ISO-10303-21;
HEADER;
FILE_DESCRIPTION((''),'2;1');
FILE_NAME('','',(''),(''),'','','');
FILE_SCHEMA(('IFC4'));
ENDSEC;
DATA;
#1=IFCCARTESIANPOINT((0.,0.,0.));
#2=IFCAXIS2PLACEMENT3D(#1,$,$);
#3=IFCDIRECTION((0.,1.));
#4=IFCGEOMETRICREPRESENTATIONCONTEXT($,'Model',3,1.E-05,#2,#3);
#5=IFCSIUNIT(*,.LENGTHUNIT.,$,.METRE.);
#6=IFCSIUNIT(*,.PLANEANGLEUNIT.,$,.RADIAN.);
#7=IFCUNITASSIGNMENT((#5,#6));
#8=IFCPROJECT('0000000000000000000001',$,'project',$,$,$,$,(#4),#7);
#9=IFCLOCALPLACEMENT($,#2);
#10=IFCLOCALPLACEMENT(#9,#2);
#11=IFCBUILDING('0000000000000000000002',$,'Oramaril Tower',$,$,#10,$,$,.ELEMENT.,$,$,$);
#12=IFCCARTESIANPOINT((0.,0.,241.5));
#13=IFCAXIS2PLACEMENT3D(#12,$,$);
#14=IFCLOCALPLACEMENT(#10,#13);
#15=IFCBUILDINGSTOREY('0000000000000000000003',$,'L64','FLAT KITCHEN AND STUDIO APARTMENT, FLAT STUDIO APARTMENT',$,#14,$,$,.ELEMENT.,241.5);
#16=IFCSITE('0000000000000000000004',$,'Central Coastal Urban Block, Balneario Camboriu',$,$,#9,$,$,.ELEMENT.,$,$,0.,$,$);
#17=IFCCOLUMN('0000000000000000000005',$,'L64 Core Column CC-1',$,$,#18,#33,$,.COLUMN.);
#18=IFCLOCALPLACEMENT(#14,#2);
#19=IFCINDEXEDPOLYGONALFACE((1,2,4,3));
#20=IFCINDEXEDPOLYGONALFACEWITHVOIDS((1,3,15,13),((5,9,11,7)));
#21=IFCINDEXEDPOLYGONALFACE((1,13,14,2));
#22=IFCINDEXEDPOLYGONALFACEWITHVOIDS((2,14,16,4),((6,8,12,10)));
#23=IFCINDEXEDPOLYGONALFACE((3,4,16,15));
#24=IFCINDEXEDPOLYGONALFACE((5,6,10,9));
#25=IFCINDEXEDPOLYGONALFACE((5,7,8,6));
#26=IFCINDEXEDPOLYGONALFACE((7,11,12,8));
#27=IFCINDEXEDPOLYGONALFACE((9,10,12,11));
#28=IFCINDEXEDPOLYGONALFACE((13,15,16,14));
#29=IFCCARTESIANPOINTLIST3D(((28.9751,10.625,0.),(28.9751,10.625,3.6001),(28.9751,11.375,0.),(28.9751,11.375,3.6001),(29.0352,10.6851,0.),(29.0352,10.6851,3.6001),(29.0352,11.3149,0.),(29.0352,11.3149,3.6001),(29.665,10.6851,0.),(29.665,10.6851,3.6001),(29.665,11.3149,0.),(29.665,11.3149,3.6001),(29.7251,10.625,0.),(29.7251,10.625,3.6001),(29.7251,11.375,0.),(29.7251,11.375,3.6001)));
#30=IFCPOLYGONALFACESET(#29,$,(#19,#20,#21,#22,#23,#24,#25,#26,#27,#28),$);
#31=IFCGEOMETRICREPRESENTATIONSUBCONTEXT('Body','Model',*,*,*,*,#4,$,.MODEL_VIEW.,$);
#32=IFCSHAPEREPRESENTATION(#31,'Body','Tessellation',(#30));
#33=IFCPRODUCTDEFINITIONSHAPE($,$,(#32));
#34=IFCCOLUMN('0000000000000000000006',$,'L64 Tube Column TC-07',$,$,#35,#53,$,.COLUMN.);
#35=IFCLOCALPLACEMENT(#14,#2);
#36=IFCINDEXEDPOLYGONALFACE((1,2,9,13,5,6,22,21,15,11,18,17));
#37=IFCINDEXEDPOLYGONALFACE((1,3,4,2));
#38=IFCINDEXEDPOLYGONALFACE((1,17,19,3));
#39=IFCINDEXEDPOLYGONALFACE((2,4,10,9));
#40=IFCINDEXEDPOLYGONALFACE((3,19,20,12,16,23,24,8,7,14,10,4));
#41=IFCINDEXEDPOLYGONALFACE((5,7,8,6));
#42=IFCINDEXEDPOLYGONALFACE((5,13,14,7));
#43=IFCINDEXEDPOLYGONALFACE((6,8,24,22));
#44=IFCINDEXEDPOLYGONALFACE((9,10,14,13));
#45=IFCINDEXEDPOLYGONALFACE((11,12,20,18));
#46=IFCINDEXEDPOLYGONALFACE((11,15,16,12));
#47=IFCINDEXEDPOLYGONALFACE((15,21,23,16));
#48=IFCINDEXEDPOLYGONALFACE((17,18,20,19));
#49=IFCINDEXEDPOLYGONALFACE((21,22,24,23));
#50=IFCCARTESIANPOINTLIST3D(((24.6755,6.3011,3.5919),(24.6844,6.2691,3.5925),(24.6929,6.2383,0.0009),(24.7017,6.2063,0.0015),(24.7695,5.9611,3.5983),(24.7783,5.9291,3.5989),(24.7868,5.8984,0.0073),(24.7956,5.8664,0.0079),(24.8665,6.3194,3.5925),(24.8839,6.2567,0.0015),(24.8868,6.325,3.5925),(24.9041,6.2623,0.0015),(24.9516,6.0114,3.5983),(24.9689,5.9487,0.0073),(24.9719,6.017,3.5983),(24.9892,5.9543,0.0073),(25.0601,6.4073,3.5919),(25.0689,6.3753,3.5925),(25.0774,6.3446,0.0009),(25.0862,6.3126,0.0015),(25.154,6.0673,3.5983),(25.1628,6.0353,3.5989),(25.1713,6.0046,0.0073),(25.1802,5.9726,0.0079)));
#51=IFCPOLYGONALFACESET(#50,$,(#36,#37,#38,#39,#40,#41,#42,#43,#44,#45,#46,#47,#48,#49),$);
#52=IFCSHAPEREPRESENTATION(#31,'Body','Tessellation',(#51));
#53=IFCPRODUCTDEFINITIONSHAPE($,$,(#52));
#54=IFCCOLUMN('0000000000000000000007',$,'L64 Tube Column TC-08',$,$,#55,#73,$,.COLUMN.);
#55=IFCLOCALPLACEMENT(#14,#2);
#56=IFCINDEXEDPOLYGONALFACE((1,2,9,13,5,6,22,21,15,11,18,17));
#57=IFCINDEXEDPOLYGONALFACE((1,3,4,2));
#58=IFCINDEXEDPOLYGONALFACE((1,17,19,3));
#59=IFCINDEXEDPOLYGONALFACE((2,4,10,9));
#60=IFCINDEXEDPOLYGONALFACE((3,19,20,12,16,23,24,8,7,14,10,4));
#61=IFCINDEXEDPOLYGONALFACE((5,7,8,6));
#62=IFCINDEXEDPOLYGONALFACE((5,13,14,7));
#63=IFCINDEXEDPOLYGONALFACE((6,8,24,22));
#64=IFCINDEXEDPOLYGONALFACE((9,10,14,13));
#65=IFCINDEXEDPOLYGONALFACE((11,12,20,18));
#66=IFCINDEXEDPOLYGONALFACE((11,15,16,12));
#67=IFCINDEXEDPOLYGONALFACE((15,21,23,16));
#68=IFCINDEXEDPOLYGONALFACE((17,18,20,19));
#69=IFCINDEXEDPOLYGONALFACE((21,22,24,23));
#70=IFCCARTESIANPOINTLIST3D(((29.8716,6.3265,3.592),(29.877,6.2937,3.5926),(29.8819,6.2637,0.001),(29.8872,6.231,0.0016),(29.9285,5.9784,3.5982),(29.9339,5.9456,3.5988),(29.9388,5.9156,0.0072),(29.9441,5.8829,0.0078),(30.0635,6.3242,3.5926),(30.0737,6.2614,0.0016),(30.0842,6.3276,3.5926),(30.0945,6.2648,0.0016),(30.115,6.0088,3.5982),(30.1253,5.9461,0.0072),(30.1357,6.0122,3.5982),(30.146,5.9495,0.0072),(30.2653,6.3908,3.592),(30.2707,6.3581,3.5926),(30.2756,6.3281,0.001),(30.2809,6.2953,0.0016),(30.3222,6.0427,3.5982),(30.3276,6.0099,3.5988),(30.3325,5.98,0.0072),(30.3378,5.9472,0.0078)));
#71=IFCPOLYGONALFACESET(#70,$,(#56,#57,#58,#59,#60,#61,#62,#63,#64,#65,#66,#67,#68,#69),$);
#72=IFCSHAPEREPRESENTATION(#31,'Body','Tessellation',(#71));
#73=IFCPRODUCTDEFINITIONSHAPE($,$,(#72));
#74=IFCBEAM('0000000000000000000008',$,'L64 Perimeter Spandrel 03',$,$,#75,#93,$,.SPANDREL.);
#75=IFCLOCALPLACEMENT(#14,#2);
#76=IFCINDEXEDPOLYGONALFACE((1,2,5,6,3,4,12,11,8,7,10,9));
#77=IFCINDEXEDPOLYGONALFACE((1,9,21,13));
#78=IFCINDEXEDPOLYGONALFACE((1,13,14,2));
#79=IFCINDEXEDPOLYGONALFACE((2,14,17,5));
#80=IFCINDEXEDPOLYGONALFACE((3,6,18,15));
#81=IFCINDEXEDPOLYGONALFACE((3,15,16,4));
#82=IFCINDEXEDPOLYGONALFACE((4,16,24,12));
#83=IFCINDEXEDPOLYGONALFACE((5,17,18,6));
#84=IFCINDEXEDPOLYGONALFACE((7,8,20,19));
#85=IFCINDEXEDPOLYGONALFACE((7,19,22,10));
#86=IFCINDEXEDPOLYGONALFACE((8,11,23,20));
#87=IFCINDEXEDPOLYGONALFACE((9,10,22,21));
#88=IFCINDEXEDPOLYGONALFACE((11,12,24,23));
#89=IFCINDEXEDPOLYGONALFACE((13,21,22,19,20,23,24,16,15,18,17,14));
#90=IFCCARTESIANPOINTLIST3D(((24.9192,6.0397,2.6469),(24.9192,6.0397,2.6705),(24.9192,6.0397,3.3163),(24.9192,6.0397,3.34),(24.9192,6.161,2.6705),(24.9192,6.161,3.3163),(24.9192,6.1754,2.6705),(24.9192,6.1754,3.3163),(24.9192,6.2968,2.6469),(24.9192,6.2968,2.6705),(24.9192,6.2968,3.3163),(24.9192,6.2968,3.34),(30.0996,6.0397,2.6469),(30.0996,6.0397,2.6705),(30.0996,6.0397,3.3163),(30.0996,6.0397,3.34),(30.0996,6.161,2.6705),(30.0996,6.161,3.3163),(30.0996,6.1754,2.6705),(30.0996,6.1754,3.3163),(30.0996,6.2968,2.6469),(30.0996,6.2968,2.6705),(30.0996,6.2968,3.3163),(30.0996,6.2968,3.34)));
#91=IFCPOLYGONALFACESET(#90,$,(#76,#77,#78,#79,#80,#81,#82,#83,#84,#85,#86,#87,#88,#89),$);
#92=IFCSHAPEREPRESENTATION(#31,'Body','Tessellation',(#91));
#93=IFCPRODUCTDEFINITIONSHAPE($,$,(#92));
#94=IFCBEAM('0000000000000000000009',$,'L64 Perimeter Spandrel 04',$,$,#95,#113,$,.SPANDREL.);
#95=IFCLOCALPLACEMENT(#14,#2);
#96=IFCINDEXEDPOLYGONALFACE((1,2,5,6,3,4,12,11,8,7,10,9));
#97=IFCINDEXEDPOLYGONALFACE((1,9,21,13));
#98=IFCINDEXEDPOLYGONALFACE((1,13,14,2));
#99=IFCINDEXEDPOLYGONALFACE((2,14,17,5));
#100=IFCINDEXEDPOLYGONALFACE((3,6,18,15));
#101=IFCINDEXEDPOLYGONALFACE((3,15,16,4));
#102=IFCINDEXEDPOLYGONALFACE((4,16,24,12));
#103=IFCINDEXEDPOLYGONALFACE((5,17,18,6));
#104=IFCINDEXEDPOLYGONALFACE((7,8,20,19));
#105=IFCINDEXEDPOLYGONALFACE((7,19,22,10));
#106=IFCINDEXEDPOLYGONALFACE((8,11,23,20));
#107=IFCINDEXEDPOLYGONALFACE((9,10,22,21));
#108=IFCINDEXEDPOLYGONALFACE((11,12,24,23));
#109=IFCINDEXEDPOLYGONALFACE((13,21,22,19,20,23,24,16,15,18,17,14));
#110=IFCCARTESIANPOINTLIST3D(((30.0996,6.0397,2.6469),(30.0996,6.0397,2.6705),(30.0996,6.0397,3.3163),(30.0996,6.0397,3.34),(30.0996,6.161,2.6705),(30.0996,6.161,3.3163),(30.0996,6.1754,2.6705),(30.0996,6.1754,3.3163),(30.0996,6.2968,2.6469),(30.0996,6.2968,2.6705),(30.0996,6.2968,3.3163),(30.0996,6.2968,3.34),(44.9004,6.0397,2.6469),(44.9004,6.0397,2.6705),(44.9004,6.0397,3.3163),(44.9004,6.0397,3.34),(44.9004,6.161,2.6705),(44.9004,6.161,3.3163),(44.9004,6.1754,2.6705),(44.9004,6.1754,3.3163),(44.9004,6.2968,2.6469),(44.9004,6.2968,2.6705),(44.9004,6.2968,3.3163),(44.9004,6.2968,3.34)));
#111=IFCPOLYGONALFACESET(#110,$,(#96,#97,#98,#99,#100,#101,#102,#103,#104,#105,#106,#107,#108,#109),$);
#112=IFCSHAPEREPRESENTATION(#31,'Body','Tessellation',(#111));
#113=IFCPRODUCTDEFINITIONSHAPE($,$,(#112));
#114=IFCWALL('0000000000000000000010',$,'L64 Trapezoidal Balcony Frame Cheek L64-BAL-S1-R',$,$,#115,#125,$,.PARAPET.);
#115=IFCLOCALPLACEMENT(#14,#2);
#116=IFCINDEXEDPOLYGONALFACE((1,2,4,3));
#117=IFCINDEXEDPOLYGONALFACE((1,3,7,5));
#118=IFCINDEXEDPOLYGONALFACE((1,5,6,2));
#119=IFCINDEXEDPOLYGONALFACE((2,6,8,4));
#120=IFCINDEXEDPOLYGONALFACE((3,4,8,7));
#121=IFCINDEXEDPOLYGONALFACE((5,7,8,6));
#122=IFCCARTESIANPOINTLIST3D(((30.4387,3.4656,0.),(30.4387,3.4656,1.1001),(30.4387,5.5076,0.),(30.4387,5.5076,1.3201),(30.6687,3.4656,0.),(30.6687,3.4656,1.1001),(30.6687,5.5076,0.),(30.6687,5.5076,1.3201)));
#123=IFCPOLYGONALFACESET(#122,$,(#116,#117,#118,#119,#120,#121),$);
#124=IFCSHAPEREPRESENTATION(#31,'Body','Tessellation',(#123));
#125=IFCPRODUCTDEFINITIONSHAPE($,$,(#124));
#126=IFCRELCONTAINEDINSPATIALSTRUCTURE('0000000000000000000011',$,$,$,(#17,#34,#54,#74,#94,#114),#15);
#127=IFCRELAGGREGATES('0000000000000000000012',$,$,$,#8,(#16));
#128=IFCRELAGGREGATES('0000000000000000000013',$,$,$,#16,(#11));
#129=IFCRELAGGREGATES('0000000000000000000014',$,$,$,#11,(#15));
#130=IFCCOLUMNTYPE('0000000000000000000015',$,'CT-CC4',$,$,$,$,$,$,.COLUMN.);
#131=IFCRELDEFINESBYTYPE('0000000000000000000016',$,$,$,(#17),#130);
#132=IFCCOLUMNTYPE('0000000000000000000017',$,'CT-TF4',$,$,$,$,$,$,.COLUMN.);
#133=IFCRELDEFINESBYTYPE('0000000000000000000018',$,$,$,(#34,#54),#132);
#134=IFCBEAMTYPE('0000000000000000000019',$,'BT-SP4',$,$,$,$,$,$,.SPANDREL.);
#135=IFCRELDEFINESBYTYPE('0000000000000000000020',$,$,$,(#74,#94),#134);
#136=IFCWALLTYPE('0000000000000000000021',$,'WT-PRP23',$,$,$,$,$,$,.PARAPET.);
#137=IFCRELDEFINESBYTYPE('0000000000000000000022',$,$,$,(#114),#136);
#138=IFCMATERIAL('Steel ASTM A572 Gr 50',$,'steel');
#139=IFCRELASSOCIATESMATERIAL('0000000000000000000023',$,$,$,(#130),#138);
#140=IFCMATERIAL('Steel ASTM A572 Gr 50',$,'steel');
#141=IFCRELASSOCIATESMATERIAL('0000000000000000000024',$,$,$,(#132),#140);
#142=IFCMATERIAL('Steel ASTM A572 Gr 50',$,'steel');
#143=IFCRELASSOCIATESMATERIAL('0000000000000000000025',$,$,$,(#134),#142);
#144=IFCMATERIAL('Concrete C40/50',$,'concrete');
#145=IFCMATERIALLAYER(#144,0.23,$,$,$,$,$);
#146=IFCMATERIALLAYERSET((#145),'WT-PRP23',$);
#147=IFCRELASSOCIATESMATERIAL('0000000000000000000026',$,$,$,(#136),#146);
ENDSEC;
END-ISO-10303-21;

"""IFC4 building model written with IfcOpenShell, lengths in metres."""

from ifc_helpers import new_model, si_unit, direction, frame, origin, origin_2d, place, context, subcontext, project, spatial, polyline, hollow_rectangle, i_section, outline, extrude, material, layer, layer_set, material_profile, profile_set, type_object, element, save


model = new_model("IFC4")

# Units and contexts
model_context = context("Model", 3, precision=1e-05, world=origin(), true_north=direction((0.0, 1.0)))
body_context = subcontext(model_context, "Body", "Model", "MODEL_VIEW")
ifc_project = project(units=[si_unit("LENGTHUNIT", "METRE"), si_unit("PLANEANGLEUNIT", "RADIAN")], contexts=[model_context])

# Site, building, storey
site_placement = place(None, origin())
site = spatial("IfcSite", under=ifc_project, at=site_placement, Name="Central Coastal Urban Block, Balneario Camboriu", CompositionType="ELEMENT", RefElevation=0.0)
building_placement = place(site_placement, origin())
building = spatial("IfcBuilding", under=site, at=building_placement, Name="Oramaril Tower", CompositionType="ELEMENT")
storey_placement = place(building_placement, frame((0.0, 0.0, 241.5)))
storey = spatial("IfcBuildingStorey", under=building, at=storey_placement, Name="L64", Description="FLAT KITCHEN AND STUDIO APARTMENT, FLAT STUDIO APARTMENT", CompositionType="ELEMENT", Elevation=241.5)

# Columns
ifc_material_1 = material(Name="Steel ASTM A572 Gr 50", Category="steel")
ifc_material_profile_1 = material_profile(ifc_material_1, hollow_rectangle(XDim=0.75, YDim=0.75, WallThickness=0.0601, at=origin_2d()), Name="BOX750X750X60")
ifc_profile_set_1 = profile_set([ifc_material_profile_1], Name="Steel ASTM A572 Gr 50")
column_type_1 = type_object("IfcColumnType", Name="CT-CC4", PredefinedType="COLUMN", material=ifc_profile_set_1)
column_placement = place(storey_placement, frame((29.3501, 11.0, 0.0), z_axis=(0.0, 0.0, 1.0), x_axis=(1.0, 0.0, 0.0)))
element("IfcColumn", 1, at=column_placement, inside=storey, type_object=column_type_1, Name="L64 Core Column CC-1", PredefinedType="COLUMN", context=body_context, shape_type="SweptSolid", body=[
    extrude(hollow_rectangle(XDim=0.75, YDim=0.75, WallThickness=0.0601, at=origin_2d()), origin(), (0.0, 0.0, 1.0), 3.6001),
])
ifc_material_2 = material(Name="Steel ASTM A572 Gr 50", Category="steel")
ifc_material_profile_2 = material_profile(ifc_material_2, i_section(OverallWidth=0.3989, OverallDepth=0.386, WebThickness=0.021, FlangeThickness=0.0332, at=origin_2d()), Name="W14X176")
ifc_profile_set_2 = profile_set([ifc_material_profile_2], Name="Steel ASTM A572 Gr 50")
column_type_2 = type_object("IfcColumnType", Name="CT-TF4", PredefinedType="COLUMN", material=ifc_profile_set_2)
for number, where, z_axis, x_axis, name in (
    (2, (24.9365, 6.1055, 0.0044), (-0.004826, 0.017469, 0.999836), (-0.963893, -0.26629, 0.0), "L64 Tube Column TC-07"),
    (3, (30.1099, 6.1055, 0.0044), (-0.002855, 0.01747, 0.999843), (-0.986908, -0.161285, 0.0), "L64 Tube Column TC-08"),
):
    element("IfcColumn", number, at=place(storey_placement, frame(where, z_axis=z_axis, x_axis=x_axis)), inside=storey, type_object=column_type_2, Name=name, PredefinedType="COLUMN", context=body_context, shape_type="SweptSolid", body=[
        extrude(i_section(OverallWidth=0.3989, OverallDepth=0.386, WebThickness=0.021, FlangeThickness=0.0332, at=origin_2d()), origin(), (0.0, 0.0, 1.0), 3.5916),
    ])

# Beams
ifc_material_3 = material(Name="Steel ASTM A572 Gr 50", Category="steel")
ifc_material_profile_3 = material_profile(ifc_material_3, i_section(OverallWidth=0.2571, OverallDepth=0.6931, WebThickness=0.0144, FlangeThickness=0.0237, at=origin_2d()), Name="W27X114")
ifc_profile_set_3 = profile_set([ifc_material_profile_3], Name="Steel ASTM A572 Gr 50")
beam_type = type_object("IfcBeamType", Name="BT-SP4", PredefinedType="SPANDREL", material=ifc_profile_set_3)
beam_1_placement = place(storey_placement, frame((24.9192, 6.1682, 2.9934), z_axis=(1.0, 0.0, 0.0), x_axis=(0.0, 1.0, 0.0)))
element("IfcBeam", 4, at=beam_1_placement, inside=storey, type_object=beam_type, Name="L64 Perimeter Spandrel 03", PredefinedType="SPANDREL", context=body_context, shape_type="SweptSolid", body=[
    extrude(i_section(OverallWidth=0.2571, OverallDepth=0.6931, WebThickness=0.0144, FlangeThickness=0.0237, at=origin_2d()), origin(), (0.0, 0.0, 1.0), 5.1804),
])
beam_2_placement = place(storey_placement, frame((30.0996, 6.1682, 2.9934), z_axis=(1.0, 0.0, 0.0), x_axis=(0.0, 1.0, 0.0)))
element("IfcBeam", 5, at=beam_2_placement, inside=storey, type_object=beam_type, Name="L64 Perimeter Spandrel 04", PredefinedType="SPANDREL", context=body_context, shape_type="SweptSolid", body=[
    extrude(i_section(OverallWidth=0.2571, OverallDepth=0.6931, WebThickness=0.0144, FlangeThickness=0.0237, at=origin_2d()), origin(), (0.0, 0.0, 1.0), 14.8008),
])

# Wall
ifc_material_4 = material(Name="Concrete C40/50", Category="concrete")
ifc_layer_1 = layer(ifc_material_4, 0.23)
ifc_layer_set_1 = layer_set([ifc_layer_1], Name="WT-PRP23")
wall_type_1 = type_object("IfcWallType", Name="WT-PRP23", PredefinedType="PARAPET", material=ifc_layer_set_1)
wall_1_placement = place(storey_placement, frame((30.5537, 5.5076, 0.0), z_axis=(0.0, 0.0, 1.0), x_axis=(0.0, -1.0, 0.0)))
element("IfcWall", 6, at=wall_1_placement, inside=storey, type_object=wall_type_1, Name="L64 Trapezoidal Balcony Frame Cheek L64-BAL-S1-R", PredefinedType="PARAPET", context=body_context, shape_type="SweptSolid", body=[
    extrude(outline(polyline([(0.0, 0.0), (2.042, 0.0), (2.042, 1.1001), (0.0, 1.3201), (0.0, 0.0)])), frame((0.0, 0.115, 0.0), z_axis=(0.0, -1.0, 0.0), x_axis=(1.0, 0.0, 0.0)), (0.0, 0.0, 1.0), 0.23),
])

save(model, "model.ifc")
